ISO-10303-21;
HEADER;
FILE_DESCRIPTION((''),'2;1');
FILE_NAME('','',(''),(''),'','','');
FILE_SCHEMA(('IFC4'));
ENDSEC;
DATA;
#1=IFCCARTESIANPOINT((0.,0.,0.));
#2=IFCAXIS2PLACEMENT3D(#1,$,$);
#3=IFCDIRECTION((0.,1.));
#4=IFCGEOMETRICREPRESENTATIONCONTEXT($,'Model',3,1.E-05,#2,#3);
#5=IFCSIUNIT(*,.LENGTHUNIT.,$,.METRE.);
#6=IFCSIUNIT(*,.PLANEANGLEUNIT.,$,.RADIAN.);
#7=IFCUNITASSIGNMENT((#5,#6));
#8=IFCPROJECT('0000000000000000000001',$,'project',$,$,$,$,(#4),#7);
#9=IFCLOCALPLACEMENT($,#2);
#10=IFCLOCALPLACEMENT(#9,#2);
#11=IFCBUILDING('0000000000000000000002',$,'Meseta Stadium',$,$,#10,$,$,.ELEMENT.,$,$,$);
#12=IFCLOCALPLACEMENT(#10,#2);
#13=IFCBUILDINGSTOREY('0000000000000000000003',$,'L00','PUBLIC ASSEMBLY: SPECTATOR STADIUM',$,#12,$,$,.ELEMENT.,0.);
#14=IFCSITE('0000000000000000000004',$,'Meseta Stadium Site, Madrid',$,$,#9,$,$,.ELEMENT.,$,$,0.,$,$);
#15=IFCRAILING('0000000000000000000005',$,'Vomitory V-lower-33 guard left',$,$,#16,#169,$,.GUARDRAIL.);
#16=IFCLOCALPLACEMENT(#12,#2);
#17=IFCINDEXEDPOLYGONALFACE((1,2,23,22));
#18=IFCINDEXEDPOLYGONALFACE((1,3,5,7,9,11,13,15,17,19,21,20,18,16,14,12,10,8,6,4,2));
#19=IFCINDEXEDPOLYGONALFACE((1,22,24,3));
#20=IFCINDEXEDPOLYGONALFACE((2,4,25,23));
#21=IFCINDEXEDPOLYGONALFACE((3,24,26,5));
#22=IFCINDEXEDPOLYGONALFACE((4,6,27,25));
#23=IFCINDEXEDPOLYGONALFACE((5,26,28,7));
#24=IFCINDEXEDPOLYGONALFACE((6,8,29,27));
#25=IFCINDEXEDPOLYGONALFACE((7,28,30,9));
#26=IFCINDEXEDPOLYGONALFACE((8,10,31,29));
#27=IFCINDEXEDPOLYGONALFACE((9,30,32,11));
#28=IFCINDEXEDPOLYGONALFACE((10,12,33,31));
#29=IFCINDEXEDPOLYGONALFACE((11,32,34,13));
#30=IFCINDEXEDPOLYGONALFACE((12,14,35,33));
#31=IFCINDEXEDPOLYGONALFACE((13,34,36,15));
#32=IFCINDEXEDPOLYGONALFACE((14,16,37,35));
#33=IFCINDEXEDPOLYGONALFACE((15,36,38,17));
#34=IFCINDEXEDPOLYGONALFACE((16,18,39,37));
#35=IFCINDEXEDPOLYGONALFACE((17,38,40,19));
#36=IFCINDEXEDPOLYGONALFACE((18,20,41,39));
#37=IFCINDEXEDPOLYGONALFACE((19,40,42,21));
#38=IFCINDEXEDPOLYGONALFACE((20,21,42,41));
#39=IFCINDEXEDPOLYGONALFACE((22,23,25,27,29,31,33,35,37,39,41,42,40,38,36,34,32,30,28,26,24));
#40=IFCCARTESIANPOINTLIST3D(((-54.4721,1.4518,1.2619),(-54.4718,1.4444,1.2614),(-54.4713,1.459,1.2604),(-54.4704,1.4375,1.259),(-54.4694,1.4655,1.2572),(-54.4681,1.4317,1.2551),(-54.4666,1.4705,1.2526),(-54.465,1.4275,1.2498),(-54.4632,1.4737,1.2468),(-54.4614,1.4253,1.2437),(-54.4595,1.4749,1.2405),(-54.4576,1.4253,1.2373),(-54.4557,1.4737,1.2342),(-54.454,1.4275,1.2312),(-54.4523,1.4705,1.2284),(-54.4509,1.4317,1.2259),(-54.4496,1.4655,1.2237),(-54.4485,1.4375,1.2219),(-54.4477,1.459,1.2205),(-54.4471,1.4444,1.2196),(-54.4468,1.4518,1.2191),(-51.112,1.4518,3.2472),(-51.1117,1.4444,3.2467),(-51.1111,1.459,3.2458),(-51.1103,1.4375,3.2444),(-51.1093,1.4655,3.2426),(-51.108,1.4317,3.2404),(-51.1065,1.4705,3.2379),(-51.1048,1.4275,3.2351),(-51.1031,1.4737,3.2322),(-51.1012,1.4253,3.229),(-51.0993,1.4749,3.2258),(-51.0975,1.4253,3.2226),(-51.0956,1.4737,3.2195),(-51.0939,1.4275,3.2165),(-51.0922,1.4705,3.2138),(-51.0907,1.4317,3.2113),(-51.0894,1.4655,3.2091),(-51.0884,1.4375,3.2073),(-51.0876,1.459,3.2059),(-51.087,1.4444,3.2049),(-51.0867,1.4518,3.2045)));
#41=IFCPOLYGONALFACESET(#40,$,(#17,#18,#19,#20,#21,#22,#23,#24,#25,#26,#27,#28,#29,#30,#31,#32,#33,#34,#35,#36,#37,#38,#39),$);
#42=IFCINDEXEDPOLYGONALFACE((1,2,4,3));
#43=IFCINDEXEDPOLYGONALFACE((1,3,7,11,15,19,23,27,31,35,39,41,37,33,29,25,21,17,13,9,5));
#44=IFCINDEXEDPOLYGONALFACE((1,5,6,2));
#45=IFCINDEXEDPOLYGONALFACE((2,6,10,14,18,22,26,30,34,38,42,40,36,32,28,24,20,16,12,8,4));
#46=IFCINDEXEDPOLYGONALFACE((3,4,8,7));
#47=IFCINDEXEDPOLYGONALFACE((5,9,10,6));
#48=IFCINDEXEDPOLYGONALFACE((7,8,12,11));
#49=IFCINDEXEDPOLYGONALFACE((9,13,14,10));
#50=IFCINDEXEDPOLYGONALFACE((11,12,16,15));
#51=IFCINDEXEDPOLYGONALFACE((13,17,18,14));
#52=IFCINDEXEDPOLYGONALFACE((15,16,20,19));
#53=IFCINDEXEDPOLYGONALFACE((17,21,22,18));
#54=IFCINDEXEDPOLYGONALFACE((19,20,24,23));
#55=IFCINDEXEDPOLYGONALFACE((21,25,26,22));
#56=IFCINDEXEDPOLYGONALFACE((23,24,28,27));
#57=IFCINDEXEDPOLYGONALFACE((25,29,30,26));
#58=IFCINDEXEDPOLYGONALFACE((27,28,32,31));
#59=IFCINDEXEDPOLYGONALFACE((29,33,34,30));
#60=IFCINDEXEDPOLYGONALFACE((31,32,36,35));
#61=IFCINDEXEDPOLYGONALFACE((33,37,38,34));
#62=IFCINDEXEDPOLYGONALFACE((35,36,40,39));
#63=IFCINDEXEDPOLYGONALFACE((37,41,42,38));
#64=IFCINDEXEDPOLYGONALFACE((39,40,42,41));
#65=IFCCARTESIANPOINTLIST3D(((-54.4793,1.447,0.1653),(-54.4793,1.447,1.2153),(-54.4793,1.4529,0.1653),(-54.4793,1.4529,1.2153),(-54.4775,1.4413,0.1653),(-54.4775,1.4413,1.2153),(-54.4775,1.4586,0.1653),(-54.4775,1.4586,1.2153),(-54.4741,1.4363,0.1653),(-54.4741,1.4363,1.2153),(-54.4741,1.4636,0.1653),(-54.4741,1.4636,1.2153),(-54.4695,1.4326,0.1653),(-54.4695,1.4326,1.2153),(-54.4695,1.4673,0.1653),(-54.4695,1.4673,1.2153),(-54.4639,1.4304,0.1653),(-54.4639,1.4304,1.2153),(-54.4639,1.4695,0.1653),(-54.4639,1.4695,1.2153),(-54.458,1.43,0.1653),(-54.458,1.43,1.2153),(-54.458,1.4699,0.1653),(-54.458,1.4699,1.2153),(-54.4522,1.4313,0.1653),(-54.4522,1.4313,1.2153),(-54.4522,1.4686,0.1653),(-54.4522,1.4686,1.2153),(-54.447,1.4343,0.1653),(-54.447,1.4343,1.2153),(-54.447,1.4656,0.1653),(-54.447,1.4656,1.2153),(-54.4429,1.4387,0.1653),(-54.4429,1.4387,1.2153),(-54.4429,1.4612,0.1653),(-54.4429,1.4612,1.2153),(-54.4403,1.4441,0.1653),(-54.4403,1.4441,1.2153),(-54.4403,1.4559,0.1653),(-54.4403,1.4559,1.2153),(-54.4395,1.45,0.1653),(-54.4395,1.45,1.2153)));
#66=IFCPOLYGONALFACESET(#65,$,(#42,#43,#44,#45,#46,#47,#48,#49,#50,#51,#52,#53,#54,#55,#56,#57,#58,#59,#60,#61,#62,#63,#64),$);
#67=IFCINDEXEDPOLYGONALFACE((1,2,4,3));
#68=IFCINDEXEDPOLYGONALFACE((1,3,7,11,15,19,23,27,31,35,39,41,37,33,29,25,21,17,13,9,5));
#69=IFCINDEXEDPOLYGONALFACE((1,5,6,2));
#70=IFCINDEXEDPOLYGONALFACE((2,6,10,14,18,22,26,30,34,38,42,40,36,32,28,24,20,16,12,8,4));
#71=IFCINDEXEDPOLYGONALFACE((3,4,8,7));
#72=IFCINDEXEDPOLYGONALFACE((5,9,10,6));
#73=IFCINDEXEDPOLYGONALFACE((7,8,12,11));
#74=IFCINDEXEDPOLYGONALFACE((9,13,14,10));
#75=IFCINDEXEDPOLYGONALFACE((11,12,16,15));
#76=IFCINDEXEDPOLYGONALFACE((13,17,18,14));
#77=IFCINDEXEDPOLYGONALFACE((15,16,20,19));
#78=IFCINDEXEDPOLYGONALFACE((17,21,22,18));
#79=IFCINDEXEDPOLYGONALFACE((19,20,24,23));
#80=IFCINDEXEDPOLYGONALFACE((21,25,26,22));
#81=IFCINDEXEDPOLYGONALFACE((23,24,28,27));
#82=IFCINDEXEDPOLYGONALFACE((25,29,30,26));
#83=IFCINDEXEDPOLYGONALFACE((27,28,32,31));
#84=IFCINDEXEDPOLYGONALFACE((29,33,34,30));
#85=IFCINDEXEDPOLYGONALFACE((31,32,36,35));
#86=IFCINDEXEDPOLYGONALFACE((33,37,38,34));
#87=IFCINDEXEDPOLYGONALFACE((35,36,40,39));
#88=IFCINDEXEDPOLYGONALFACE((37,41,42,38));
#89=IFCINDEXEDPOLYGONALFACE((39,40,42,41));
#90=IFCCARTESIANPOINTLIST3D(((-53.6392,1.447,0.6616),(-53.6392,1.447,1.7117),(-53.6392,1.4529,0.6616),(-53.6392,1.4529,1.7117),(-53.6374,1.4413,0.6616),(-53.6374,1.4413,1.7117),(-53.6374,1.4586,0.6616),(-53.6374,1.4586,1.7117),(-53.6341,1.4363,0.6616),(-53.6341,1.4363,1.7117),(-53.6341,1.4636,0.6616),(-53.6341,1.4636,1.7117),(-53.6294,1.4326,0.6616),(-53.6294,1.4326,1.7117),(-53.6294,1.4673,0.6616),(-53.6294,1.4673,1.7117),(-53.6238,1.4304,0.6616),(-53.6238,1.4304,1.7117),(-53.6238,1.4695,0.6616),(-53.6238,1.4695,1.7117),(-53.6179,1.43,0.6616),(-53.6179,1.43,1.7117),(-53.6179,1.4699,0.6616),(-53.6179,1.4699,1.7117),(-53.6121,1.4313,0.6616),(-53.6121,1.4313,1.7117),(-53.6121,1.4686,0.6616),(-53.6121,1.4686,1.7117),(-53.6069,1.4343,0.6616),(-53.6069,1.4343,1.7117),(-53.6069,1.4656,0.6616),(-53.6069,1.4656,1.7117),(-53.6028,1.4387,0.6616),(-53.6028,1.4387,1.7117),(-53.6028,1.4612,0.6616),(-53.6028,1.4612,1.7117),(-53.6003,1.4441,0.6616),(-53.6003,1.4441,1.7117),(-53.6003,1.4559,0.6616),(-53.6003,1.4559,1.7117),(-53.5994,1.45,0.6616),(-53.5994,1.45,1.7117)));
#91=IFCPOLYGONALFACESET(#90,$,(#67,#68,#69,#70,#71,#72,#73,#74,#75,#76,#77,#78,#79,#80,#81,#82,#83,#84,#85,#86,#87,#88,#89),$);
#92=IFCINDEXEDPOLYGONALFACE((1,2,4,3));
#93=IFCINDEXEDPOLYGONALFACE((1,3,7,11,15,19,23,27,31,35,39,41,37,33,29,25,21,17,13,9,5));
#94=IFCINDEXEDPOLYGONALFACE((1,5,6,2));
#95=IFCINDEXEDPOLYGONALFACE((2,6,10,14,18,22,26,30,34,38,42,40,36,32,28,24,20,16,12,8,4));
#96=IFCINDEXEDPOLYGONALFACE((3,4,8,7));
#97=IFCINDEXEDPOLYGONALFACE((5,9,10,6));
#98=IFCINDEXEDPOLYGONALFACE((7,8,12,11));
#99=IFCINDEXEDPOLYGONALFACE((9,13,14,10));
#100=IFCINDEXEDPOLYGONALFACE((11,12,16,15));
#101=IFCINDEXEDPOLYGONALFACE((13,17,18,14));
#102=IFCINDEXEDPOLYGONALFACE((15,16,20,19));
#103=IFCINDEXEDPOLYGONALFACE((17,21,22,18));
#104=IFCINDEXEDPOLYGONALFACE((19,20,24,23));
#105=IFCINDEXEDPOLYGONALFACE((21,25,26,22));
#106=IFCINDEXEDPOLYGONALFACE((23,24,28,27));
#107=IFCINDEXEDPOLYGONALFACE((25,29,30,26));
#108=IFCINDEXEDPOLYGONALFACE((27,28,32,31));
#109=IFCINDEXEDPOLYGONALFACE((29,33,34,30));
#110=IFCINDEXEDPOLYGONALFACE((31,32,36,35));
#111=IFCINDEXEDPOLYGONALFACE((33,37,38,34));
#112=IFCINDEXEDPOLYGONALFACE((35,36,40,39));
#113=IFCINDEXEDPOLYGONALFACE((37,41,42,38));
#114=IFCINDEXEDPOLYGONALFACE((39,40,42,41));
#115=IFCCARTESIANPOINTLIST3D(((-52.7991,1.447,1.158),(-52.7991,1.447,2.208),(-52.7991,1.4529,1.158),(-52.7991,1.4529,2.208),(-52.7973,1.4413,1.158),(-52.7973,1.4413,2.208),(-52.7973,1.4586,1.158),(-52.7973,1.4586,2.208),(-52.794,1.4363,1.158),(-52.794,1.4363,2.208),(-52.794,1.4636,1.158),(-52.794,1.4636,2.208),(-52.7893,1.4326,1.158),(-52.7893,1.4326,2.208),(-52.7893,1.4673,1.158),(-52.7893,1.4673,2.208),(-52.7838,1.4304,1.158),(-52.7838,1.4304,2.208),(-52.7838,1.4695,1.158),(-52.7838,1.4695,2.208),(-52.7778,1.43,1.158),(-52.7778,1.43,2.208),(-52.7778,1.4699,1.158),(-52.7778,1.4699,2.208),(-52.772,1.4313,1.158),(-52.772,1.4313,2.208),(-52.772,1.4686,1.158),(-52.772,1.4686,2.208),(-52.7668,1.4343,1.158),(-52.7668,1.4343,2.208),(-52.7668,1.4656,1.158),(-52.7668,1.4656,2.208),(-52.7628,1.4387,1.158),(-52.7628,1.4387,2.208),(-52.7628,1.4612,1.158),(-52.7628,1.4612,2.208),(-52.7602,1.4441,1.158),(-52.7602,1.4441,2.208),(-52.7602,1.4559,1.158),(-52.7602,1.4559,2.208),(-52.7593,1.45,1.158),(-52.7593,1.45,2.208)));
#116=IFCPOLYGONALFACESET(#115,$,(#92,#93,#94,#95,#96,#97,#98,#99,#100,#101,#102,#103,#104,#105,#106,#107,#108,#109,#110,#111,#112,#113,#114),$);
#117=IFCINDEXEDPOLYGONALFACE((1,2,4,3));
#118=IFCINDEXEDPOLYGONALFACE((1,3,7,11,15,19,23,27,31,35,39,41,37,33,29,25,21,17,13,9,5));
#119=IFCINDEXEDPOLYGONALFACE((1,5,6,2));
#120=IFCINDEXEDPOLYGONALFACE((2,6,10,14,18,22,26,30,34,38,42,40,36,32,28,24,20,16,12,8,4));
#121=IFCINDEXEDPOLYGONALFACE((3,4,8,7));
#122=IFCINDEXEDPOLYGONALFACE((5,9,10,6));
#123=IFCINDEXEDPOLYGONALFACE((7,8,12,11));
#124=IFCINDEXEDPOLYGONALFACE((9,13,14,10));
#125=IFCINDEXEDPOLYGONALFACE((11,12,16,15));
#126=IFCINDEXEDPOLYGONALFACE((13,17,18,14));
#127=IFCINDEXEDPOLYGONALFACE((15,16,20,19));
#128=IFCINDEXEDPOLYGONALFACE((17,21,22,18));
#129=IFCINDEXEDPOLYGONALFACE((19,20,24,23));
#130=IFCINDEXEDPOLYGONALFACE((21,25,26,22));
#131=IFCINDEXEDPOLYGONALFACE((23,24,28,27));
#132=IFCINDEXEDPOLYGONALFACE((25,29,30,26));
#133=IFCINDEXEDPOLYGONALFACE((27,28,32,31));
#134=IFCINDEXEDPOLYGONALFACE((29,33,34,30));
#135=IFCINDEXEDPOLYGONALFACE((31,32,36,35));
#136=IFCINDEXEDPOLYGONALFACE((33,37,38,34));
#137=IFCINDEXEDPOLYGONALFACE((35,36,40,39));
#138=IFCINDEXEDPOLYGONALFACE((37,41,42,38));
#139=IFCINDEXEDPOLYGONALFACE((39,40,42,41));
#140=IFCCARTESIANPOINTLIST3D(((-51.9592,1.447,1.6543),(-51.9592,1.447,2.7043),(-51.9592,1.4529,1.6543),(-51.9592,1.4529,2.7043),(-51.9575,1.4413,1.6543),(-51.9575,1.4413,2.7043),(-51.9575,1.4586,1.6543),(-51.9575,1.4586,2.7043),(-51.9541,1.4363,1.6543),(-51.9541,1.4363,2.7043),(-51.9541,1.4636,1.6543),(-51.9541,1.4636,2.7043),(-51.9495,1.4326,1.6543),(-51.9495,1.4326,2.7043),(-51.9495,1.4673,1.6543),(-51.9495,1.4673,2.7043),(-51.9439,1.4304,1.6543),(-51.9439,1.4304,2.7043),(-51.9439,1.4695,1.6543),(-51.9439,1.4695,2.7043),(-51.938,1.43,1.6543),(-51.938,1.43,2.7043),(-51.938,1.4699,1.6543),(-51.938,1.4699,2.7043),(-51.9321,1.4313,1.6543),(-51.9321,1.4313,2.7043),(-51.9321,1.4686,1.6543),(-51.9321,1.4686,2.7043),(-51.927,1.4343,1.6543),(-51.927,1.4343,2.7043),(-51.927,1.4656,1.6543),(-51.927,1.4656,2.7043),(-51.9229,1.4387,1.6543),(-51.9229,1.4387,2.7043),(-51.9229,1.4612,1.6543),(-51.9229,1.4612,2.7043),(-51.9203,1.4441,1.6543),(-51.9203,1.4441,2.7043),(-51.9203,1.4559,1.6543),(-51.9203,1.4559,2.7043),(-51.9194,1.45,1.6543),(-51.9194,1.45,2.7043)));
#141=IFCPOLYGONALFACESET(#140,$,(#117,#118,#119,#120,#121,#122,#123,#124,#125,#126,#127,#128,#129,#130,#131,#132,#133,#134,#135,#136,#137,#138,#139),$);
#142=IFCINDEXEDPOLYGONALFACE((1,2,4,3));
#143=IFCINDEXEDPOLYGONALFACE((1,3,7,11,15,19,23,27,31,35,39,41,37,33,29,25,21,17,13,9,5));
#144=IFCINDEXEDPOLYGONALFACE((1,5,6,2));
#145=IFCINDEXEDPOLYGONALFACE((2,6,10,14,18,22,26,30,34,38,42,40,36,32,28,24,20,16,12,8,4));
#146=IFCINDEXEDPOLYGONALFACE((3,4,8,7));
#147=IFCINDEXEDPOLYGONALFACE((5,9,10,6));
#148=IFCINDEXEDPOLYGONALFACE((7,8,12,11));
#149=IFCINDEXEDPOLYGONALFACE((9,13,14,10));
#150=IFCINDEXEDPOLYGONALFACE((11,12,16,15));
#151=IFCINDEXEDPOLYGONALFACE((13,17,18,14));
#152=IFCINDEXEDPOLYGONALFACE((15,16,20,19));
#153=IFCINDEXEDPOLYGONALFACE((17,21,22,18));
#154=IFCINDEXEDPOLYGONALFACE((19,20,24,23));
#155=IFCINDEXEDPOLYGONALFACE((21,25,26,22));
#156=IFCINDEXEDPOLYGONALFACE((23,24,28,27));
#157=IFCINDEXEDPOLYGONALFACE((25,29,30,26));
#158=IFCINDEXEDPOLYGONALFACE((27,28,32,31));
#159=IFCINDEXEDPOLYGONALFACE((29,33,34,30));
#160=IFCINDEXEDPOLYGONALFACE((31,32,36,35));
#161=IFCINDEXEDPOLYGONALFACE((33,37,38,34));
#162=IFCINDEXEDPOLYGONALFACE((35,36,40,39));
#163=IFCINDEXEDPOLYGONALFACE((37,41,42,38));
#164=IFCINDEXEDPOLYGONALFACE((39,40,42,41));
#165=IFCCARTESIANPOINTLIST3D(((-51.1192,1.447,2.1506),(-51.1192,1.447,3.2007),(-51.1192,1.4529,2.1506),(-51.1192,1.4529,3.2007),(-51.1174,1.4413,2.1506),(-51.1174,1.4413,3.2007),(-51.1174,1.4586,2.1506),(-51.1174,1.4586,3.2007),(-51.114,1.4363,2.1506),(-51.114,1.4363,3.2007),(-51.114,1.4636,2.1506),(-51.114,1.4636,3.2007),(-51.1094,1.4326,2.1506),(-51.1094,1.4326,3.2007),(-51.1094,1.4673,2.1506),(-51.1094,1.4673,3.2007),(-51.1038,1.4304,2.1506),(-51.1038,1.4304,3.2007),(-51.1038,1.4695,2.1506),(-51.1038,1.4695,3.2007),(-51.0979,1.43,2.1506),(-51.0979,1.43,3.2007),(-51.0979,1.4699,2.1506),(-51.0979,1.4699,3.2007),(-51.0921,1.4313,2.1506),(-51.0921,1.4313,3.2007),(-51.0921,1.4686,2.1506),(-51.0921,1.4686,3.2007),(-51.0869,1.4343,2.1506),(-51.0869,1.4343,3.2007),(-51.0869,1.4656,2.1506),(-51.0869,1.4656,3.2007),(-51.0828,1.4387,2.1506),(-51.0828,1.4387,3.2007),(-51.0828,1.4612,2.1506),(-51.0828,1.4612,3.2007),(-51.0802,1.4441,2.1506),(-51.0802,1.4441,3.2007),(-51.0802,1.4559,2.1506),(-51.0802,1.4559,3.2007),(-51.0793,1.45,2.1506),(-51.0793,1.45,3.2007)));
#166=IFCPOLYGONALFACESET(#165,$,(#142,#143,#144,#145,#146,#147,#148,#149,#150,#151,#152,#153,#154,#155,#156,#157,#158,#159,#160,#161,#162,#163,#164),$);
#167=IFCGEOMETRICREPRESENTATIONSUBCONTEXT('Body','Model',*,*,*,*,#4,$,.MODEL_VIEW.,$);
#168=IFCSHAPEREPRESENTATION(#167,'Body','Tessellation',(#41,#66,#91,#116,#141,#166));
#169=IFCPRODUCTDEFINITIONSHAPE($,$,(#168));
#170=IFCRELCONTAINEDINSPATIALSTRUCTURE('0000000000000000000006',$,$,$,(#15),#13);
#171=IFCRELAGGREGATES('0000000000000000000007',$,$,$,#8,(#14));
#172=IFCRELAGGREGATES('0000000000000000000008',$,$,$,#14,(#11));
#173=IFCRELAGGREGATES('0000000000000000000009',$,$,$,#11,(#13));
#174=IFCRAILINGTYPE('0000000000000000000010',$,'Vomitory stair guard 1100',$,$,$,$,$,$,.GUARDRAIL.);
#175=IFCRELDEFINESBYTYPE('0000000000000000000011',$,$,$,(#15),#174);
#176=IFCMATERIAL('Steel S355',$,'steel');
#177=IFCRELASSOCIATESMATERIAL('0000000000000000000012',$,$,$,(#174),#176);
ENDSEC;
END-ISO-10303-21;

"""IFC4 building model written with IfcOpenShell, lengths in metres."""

from ifc_helpers import new_model, si_unit, direction, frame, origin, origin_2d, place, context, subcontext, project, spatial, circle, extrude, material, type_object, element, save


model = new_model("IFC4")

# Units and contexts
model_context = context("Model", 3, precision=1e-05, world=origin(), true_north=direction((0.0, 1.0)))
body_context = subcontext(model_context, "Body", "Model", "MODEL_VIEW")
ifc_project = project(units=[si_unit("LENGTHUNIT", "METRE"), si_unit("PLANEANGLEUNIT", "RADIAN")], contexts=[model_context])

# Site, building, storey
site_placement = place(None, origin())
site = spatial("IfcSite", under=ifc_project, at=site_placement, Name="Meseta Stadium Site, Madrid", CompositionType="ELEMENT", RefElevation=0.0)
building_placement = place(site_placement, origin())
building = spatial("IfcBuilding", under=site, at=building_placement, Name="Meseta Stadium", CompositionType="ELEMENT")
storey_placement = place(building_placement, origin())
storey = spatial("IfcBuildingStorey", under=building, at=storey_placement, Name="L00", Description="PUBLIC ASSEMBLY: SPECTATOR STADIUM", CompositionType="ELEMENT", Elevation=0.0)

# Railing
ifc_material_1 = material(Name="Steel S355", Category="steel")
railing_type_1 = type_object("IfcRailingType", Name="Vomitory stair guard 1100", PredefinedType="GUARDRAIL", material=ifc_material_1)
railing_1_placement = place(storey_placement, frame((-54.4595, 1.45, 0.1653)))
element("IfcRailing", 1, at=railing_1_placement, inside=storey, type_object=railing_type_1, Name="Vomitory V-lower-33 guard left", PredefinedType="GUARDRAIL", context=body_context, shape_type="SweptSolid", body=[
    extrude(circle(Radius=0.0249, at=origin_2d()), frame((0.0, 0.0, 1.0752), z_axis=(0.860945, 0.0, 0.508698), x_axis=(0.0, 1.0, 0.0)), (0.0, 0.0, 1.0), 3.9028),
    extrude(circle(Radius=0.02, at=origin_2d()), origin(), (0.0, 0.0, 1.0), 1.05),
    extrude(circle(Radius=0.02, at=origin_2d()), frame((0.8401, 0.0, 0.4963)), (0.0, 0.0, 1.0), 1.05),
    extrude(circle(Radius=0.02, at=origin_2d()), frame((1.6802, 0.0, 0.9927)), (0.0, 0.0, 1.0), 1.05),
    extrude(circle(Radius=0.02, at=origin_2d()), frame((2.52, 0.0, 1.489)), (0.0, 0.0, 1.0), 1.05),
    extrude(circle(Radius=0.02, at=origin_2d()), frame((3.3601, 0.0, 1.9854)), (0.0, 0.0, 1.0), 1.05),
])

save(model, "model.ifc")
